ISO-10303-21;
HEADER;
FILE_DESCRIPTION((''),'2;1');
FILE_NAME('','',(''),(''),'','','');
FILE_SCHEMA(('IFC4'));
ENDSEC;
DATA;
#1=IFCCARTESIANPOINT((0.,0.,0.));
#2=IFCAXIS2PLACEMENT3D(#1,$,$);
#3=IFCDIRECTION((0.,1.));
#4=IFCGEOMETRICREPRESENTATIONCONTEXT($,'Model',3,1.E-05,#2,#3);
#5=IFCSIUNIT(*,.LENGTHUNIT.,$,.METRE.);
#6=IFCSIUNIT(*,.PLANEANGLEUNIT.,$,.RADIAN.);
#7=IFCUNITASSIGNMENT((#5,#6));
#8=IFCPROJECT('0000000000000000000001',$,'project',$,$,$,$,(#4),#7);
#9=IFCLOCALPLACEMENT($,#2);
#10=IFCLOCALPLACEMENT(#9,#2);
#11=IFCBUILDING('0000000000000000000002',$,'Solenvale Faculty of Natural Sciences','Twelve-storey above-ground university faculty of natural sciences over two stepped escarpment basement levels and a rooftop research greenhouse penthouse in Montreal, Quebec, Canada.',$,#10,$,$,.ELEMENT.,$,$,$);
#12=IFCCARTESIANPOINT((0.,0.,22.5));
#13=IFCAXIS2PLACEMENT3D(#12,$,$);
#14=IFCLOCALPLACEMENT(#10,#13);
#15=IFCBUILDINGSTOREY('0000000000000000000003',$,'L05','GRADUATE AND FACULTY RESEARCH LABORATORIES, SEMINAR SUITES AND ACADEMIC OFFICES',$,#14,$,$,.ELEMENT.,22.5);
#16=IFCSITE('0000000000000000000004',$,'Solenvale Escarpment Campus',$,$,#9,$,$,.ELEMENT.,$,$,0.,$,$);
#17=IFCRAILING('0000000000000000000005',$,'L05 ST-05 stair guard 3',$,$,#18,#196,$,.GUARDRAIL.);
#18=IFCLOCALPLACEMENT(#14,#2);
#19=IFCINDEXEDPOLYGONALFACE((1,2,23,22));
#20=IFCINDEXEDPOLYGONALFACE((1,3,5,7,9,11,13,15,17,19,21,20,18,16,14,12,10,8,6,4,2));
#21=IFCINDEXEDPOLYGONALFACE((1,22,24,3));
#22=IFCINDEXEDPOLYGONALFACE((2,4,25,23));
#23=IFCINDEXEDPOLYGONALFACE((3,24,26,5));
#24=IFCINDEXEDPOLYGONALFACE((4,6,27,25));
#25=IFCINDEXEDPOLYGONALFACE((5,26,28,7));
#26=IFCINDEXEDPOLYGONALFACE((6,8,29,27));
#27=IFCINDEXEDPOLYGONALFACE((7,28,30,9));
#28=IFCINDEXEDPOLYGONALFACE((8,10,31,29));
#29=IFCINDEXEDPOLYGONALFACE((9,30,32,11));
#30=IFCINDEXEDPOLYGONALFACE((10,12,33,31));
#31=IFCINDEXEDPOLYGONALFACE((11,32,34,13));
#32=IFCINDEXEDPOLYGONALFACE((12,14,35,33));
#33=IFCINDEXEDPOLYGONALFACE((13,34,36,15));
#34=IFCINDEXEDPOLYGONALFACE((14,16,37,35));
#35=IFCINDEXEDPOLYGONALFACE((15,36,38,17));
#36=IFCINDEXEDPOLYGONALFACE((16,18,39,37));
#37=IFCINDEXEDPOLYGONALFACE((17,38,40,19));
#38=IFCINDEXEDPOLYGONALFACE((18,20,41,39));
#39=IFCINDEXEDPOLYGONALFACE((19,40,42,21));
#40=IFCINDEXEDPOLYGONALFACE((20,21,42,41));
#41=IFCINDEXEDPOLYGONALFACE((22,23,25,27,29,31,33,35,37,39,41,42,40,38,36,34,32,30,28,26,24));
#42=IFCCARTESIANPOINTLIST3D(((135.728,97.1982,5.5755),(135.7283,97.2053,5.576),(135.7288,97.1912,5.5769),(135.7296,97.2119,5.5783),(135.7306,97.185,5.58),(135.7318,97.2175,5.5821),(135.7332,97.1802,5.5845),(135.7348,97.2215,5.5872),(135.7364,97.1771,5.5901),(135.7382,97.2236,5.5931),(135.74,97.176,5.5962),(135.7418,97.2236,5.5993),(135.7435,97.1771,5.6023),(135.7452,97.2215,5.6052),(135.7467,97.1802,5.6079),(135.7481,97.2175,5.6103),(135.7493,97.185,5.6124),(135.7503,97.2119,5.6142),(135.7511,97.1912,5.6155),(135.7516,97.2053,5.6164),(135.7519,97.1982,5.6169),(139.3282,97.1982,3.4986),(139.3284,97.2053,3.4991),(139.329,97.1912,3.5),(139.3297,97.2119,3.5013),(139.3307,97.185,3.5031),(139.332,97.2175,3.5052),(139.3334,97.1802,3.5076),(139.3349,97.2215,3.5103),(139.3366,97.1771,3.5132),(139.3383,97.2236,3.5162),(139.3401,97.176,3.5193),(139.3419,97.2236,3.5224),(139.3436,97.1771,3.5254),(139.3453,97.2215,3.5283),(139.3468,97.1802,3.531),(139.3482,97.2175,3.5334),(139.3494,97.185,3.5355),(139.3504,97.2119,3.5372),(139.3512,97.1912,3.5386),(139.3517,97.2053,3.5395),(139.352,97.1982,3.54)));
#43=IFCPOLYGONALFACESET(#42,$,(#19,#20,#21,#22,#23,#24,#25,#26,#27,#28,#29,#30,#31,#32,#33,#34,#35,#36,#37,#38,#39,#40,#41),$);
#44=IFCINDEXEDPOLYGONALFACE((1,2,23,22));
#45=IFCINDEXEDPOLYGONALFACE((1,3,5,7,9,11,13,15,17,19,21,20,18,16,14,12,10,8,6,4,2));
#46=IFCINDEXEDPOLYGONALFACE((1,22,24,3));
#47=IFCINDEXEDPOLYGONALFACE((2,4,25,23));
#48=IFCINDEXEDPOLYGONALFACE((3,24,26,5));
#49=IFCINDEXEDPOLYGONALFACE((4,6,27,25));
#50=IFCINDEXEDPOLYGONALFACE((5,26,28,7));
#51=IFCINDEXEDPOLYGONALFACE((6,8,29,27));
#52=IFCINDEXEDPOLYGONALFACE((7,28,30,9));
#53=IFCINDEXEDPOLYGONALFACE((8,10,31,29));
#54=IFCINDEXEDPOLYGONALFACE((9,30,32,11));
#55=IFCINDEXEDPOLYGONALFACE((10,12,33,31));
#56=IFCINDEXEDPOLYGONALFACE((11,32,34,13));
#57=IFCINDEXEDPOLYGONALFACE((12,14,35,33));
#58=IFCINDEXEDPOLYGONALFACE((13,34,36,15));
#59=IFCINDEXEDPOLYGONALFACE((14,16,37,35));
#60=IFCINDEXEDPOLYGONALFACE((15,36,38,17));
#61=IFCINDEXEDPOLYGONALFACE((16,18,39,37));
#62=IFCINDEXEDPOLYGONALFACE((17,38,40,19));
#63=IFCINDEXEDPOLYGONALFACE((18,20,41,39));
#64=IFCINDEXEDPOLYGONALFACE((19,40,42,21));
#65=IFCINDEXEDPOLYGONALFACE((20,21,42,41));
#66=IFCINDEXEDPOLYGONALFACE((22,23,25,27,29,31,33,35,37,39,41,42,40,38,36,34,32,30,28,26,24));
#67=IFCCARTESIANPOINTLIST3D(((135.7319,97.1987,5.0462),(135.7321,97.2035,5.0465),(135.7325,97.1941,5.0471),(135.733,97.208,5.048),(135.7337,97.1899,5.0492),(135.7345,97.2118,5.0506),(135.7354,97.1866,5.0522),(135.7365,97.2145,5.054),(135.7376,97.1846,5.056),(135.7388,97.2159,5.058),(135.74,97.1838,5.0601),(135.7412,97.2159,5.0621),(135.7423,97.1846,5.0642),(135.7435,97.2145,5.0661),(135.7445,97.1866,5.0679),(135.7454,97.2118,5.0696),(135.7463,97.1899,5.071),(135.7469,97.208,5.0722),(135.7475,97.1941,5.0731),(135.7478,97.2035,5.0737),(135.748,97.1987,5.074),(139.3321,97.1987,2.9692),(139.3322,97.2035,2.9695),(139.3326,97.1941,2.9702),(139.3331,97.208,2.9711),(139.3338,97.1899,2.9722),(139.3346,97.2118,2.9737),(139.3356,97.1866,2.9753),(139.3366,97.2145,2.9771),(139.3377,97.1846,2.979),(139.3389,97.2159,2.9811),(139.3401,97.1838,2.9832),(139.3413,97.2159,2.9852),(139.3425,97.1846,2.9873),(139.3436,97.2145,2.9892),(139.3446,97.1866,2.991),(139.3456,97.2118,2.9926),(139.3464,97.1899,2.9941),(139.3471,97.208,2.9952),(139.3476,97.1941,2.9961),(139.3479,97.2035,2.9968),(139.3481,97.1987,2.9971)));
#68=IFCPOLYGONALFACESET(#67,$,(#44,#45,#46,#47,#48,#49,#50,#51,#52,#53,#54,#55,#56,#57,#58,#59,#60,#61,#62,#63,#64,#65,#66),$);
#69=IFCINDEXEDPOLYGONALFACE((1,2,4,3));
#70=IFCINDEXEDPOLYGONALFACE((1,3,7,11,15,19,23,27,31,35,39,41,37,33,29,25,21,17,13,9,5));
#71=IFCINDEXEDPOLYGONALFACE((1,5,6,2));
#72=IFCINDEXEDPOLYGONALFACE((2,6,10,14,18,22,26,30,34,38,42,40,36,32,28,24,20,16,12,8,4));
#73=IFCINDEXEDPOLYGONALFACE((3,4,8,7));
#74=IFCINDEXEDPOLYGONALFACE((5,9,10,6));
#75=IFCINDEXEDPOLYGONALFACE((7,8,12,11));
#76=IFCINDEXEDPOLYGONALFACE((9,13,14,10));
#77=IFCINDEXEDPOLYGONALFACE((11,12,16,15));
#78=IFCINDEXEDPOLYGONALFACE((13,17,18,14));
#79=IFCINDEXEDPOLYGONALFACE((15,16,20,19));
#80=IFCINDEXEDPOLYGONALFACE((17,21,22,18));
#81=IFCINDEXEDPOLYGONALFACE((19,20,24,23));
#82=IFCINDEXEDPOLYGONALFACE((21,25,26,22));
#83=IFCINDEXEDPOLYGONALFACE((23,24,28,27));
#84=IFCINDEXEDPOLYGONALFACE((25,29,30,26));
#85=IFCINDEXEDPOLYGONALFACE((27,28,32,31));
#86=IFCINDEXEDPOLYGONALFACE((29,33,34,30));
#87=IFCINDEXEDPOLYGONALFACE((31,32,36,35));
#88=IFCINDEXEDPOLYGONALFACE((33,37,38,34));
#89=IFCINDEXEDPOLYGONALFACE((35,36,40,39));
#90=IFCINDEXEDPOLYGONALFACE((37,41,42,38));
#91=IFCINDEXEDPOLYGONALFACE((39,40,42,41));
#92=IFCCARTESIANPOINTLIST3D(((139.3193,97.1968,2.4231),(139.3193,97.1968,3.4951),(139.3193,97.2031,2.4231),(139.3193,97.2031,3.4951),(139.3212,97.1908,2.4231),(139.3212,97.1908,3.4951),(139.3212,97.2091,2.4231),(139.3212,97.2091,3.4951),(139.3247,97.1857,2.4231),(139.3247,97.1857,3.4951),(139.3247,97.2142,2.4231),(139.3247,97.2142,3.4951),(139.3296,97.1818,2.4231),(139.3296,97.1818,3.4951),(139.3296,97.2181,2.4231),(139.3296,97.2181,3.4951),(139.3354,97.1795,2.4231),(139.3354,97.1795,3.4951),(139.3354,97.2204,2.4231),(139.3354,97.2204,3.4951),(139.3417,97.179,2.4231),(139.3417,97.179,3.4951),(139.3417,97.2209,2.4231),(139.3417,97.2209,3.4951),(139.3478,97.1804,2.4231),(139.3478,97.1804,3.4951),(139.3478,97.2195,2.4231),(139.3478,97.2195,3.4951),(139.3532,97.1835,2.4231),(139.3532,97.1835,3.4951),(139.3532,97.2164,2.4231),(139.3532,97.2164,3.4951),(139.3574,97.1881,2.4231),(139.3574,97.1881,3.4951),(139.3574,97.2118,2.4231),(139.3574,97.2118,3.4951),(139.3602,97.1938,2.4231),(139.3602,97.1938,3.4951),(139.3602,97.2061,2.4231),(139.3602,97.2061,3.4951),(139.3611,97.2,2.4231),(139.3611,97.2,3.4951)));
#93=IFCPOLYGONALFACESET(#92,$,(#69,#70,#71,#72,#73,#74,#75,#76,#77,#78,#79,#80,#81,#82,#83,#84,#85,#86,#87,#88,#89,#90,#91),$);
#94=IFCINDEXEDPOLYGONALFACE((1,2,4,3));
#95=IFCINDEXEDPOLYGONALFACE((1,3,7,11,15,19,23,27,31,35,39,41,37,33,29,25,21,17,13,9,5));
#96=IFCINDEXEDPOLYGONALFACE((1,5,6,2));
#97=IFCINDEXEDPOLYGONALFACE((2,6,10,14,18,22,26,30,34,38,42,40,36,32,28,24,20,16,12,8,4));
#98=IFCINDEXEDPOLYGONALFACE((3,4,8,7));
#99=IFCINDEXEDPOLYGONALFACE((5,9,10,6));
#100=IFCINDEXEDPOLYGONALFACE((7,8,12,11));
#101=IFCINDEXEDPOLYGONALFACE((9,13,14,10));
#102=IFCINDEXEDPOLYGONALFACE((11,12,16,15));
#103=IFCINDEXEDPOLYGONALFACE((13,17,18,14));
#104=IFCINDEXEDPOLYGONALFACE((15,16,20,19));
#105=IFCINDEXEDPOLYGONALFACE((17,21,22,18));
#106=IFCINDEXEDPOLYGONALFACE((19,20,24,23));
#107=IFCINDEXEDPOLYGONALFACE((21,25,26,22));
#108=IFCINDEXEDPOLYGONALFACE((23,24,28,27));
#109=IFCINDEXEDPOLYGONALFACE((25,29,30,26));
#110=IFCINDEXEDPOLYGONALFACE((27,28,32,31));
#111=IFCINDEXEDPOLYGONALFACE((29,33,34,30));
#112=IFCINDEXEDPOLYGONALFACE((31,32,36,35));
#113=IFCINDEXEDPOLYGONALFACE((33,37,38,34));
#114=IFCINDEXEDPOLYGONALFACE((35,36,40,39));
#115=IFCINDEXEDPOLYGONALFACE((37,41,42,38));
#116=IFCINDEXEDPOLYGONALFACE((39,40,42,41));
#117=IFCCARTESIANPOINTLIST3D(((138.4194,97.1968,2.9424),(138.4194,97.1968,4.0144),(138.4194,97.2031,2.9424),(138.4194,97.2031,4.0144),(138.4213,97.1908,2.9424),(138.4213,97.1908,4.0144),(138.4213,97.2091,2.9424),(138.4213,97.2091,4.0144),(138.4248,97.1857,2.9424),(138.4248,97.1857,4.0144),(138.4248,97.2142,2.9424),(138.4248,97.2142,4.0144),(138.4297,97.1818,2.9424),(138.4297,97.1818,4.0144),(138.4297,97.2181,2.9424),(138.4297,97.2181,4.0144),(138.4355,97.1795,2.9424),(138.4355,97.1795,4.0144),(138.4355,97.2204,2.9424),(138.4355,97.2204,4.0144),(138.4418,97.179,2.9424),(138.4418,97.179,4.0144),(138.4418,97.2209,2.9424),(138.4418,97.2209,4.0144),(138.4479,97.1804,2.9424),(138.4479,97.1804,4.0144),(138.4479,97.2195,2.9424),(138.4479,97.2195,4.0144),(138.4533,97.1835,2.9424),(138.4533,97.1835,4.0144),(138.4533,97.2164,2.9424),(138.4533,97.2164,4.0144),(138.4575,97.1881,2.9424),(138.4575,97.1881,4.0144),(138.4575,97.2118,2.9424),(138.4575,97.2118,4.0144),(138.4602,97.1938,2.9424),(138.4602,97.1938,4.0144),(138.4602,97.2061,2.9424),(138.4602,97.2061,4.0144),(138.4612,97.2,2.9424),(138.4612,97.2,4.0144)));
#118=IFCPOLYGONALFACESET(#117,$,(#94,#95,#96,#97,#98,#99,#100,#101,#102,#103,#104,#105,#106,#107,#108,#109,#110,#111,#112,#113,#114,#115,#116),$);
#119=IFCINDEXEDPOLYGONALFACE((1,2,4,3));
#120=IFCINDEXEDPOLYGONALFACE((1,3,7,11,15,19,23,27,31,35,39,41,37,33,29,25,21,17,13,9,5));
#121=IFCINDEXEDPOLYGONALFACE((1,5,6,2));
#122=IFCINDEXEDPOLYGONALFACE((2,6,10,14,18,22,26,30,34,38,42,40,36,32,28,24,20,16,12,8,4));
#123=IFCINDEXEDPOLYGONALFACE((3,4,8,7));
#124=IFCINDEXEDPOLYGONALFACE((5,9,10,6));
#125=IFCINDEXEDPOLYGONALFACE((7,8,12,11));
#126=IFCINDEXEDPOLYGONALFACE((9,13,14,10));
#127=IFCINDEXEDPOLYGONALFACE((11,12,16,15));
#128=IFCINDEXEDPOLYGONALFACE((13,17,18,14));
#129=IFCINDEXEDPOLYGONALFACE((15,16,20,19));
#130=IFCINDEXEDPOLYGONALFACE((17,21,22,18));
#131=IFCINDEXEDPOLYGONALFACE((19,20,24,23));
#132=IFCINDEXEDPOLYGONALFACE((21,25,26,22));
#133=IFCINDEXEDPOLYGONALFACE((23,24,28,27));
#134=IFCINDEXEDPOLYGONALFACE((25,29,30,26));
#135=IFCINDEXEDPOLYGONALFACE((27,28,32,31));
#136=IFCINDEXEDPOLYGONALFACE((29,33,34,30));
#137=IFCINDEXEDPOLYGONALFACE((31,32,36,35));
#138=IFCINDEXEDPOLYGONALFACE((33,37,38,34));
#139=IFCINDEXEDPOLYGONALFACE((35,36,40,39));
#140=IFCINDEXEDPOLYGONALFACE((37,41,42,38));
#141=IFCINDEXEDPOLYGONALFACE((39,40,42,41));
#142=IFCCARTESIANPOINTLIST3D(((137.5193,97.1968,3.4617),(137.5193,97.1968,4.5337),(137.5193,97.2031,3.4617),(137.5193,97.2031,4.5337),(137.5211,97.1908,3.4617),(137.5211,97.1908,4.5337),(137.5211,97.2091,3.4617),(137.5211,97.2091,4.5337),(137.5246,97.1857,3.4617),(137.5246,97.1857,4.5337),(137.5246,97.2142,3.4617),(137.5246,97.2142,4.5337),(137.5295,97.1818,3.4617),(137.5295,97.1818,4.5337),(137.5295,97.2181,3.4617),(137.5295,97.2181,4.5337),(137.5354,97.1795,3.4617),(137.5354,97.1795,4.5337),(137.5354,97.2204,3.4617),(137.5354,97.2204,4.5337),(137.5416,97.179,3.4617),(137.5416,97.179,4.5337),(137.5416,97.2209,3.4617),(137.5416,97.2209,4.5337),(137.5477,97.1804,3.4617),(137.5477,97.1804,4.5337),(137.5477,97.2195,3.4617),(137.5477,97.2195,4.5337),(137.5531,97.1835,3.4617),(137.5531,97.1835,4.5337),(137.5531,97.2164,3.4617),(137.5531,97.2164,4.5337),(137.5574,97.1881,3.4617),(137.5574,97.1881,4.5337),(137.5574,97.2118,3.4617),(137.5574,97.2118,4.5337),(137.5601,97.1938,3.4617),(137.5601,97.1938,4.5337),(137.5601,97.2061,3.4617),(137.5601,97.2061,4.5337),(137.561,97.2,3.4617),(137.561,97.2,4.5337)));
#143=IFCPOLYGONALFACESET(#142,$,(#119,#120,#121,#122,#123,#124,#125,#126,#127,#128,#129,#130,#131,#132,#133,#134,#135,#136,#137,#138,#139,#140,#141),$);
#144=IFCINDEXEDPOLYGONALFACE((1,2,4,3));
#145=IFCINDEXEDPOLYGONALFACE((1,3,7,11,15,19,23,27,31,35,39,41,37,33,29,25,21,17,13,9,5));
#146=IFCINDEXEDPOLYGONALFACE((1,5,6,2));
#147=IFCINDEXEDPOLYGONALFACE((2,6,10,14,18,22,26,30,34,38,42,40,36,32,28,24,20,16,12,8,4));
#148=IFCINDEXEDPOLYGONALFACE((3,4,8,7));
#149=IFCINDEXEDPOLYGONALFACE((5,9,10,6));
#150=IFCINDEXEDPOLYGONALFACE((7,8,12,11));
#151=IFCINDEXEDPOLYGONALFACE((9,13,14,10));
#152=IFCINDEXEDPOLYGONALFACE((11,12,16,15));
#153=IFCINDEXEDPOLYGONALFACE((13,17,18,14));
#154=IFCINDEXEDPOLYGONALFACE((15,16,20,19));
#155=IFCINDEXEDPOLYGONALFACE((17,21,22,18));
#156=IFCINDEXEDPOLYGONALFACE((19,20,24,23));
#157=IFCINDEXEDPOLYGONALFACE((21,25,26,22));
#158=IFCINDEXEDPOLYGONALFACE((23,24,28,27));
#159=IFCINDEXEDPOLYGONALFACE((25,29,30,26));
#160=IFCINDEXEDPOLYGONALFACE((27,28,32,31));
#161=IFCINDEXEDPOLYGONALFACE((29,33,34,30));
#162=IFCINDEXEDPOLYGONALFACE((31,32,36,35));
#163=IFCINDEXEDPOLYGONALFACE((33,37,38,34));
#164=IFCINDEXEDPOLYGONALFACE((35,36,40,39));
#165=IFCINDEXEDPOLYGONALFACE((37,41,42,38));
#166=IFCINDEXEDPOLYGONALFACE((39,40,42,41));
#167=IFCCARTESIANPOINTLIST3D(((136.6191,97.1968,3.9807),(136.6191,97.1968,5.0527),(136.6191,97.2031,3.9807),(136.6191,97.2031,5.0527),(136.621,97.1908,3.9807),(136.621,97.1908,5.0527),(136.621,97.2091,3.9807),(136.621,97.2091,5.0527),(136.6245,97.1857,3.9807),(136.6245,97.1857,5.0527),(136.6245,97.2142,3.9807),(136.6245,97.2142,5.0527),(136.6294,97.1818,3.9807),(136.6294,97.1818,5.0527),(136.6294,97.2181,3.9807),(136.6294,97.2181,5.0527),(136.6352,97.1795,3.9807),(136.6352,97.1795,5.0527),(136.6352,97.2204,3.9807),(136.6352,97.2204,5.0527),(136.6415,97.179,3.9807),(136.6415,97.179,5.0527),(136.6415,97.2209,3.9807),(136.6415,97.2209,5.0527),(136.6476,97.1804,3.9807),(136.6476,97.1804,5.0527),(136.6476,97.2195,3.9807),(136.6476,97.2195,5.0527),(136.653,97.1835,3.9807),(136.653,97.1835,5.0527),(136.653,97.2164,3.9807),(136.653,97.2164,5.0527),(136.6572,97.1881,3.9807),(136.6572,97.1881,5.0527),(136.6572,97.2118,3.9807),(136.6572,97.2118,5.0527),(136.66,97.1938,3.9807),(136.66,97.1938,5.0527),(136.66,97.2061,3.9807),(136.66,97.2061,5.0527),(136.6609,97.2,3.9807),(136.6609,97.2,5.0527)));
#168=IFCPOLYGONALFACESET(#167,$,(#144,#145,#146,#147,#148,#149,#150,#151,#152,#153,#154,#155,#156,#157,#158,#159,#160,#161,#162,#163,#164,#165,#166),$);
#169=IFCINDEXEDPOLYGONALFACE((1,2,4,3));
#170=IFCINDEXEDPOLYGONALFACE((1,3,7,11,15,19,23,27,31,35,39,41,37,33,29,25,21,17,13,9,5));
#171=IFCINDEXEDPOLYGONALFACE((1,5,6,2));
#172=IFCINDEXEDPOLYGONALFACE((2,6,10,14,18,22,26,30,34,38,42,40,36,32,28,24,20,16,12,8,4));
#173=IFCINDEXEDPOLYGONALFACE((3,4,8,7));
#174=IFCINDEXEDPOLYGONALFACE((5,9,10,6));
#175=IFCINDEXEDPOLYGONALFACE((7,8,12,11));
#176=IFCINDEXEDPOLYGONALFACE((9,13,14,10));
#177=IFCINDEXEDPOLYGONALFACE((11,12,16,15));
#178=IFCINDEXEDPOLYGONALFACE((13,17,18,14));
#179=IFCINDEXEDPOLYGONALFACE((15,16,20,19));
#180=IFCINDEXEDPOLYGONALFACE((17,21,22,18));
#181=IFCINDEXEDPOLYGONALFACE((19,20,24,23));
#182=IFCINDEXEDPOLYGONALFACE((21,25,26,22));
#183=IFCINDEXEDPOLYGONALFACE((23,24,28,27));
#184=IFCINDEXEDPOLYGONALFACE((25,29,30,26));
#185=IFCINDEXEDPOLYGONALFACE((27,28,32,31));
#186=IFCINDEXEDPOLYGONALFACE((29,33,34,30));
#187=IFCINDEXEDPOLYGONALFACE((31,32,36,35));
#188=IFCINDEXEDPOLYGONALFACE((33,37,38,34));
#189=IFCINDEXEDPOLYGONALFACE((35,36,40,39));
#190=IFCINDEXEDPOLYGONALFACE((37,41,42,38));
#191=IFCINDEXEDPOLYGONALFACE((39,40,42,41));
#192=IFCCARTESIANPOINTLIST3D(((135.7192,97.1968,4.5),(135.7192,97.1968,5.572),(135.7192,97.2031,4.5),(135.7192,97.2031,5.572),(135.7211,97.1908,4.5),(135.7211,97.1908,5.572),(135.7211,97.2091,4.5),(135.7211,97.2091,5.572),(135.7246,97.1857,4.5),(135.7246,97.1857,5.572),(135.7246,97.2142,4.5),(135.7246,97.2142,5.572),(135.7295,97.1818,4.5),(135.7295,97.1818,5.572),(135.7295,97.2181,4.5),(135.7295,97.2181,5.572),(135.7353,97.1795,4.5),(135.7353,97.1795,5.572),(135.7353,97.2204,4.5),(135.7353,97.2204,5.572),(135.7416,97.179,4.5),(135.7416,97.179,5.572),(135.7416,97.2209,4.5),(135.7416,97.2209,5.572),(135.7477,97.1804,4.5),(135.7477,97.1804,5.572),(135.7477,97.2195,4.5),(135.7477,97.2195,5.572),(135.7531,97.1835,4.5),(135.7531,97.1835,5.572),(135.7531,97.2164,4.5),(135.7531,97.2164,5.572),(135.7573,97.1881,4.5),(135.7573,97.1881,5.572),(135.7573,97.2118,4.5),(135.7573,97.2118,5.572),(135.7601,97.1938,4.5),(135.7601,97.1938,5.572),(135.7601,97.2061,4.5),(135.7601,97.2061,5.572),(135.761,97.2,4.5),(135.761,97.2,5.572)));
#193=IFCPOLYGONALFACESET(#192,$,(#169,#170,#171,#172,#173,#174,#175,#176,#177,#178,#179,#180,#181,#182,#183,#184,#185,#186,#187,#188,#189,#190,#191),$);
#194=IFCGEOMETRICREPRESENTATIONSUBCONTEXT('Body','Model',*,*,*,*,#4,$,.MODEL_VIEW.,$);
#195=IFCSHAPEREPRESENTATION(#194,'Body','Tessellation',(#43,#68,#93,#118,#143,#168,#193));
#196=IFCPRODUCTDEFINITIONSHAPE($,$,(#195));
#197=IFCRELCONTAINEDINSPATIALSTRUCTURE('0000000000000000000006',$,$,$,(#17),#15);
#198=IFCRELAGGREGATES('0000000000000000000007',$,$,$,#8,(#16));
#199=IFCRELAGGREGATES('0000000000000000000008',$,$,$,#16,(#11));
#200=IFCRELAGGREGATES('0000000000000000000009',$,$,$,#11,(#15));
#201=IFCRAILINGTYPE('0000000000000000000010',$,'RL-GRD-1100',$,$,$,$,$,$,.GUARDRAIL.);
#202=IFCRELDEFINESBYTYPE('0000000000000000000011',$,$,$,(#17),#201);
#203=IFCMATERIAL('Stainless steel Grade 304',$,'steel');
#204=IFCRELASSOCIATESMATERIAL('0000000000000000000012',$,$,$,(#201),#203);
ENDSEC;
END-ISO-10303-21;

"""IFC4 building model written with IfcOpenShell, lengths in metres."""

from ifc_helpers import new_model, si_unit, direction, frame, origin, origin_2d, place, context, subcontext, project, spatial, circle, extrude, material, type_object, element, save


model = new_model("IFC4")

# Units and contexts
model_context = context("Model", 3, precision=1e-05, world=origin(), true_north=direction((0.0, 1.0)))
body_context = subcontext(model_context, "Body", "Model", "MODEL_VIEW")
ifc_project = project(units=[si_unit("LENGTHUNIT", "METRE"), si_unit("PLANEANGLEUNIT", "RADIAN")], contexts=[model_context])

# Site, building, storey
site_placement = place(None, origin())
site = spatial("IfcSite", under=ifc_project, at=site_placement, Name="Solenvale Escarpment Campus", CompositionType="ELEMENT", RefElevation=0.0)
building_placement = place(site_placement, origin())
building = spatial("IfcBuilding", under=site, at=building_placement, Name="Solenvale Faculty of Natural Sciences", Description="Twelve-storey above-ground university faculty of natural sciences over two stepped escarpment basement levels and a rooftop research greenhouse penthouse in Montreal, Quebec, Canada.", CompositionType="ELEMENT")
storey_placement = place(building_placement, frame((0.0, 0.0, 22.5)))
storey = spatial("IfcBuildingStorey", under=building, at=storey_placement, Name="L05", Description="GRADUATE AND FACULTY RESEARCH LABORATORIES, SEMINAR SUITES AND ACADEMIC OFFICES", CompositionType="ELEMENT", Elevation=22.5)

# Railing
ifc_material_1 = material(Name="Stainless steel Grade 304", Category="steel")
railing_type_1 = type_object("IfcRailingType", Name="RL-GRD-1100", PredefinedType="GUARDRAIL", material=ifc_material_1)
railing_1_placement = place(storey_placement, frame((139.3401, 97.2, 2.4231)))
element("IfcRailing", 1, at=railing_1_placement, inside=storey, type_object=railing_type_1, Name="L05 ST-05 stair guard 3", PredefinedType="GUARDRAIL", context=body_context, shape_type="SweptSolid", body=[
    extrude(circle(Radius=0.0239, at=origin_2d()), frame((0.0, 0.0, 1.0962), z_axis=(-0.866193, 0.0, 0.499709), x_axis=(0.0, -1.0, 0.0)), (0.0, 0.0, 1.0), 4.1562),
    extrude(circle(Radius=0.0161, at=origin_2d()), frame((0.0, 0.0, 0.5601), z_axis=(-0.866193, 0.0, 0.499709), x_axis=(0.0, -1.0, 0.0)), (0.0, 0.0, 1.0), 4.1562),
    extrude(circle(Radius=0.021, at=origin_2d()), origin(), (0.0, 0.0, 1.0), 1.072),
    extrude(circle(Radius=0.021, at=origin_2d()), frame((-0.8999, 0.0, 0.5193)), (0.0, 0.0, 1.0), 1.072),
    extrude(circle(Radius=0.021, at=origin_2d()), frame((-1.8, 0.0, 1.0386)), (0.0, 0.0, 1.0), 1.072),
    extrude(circle(Radius=0.021, at=origin_2d()), frame((-2.7002, 0.0, 1.5576)), (0.0, 0.0, 1.0), 1.072),
    extrude(circle(Radius=0.021, at=origin_2d()), frame((-3.6001, 0.0, 2.0769)), (0.0, 0.0, 1.0), 1.072),
])

save(model, "model.ifc")
